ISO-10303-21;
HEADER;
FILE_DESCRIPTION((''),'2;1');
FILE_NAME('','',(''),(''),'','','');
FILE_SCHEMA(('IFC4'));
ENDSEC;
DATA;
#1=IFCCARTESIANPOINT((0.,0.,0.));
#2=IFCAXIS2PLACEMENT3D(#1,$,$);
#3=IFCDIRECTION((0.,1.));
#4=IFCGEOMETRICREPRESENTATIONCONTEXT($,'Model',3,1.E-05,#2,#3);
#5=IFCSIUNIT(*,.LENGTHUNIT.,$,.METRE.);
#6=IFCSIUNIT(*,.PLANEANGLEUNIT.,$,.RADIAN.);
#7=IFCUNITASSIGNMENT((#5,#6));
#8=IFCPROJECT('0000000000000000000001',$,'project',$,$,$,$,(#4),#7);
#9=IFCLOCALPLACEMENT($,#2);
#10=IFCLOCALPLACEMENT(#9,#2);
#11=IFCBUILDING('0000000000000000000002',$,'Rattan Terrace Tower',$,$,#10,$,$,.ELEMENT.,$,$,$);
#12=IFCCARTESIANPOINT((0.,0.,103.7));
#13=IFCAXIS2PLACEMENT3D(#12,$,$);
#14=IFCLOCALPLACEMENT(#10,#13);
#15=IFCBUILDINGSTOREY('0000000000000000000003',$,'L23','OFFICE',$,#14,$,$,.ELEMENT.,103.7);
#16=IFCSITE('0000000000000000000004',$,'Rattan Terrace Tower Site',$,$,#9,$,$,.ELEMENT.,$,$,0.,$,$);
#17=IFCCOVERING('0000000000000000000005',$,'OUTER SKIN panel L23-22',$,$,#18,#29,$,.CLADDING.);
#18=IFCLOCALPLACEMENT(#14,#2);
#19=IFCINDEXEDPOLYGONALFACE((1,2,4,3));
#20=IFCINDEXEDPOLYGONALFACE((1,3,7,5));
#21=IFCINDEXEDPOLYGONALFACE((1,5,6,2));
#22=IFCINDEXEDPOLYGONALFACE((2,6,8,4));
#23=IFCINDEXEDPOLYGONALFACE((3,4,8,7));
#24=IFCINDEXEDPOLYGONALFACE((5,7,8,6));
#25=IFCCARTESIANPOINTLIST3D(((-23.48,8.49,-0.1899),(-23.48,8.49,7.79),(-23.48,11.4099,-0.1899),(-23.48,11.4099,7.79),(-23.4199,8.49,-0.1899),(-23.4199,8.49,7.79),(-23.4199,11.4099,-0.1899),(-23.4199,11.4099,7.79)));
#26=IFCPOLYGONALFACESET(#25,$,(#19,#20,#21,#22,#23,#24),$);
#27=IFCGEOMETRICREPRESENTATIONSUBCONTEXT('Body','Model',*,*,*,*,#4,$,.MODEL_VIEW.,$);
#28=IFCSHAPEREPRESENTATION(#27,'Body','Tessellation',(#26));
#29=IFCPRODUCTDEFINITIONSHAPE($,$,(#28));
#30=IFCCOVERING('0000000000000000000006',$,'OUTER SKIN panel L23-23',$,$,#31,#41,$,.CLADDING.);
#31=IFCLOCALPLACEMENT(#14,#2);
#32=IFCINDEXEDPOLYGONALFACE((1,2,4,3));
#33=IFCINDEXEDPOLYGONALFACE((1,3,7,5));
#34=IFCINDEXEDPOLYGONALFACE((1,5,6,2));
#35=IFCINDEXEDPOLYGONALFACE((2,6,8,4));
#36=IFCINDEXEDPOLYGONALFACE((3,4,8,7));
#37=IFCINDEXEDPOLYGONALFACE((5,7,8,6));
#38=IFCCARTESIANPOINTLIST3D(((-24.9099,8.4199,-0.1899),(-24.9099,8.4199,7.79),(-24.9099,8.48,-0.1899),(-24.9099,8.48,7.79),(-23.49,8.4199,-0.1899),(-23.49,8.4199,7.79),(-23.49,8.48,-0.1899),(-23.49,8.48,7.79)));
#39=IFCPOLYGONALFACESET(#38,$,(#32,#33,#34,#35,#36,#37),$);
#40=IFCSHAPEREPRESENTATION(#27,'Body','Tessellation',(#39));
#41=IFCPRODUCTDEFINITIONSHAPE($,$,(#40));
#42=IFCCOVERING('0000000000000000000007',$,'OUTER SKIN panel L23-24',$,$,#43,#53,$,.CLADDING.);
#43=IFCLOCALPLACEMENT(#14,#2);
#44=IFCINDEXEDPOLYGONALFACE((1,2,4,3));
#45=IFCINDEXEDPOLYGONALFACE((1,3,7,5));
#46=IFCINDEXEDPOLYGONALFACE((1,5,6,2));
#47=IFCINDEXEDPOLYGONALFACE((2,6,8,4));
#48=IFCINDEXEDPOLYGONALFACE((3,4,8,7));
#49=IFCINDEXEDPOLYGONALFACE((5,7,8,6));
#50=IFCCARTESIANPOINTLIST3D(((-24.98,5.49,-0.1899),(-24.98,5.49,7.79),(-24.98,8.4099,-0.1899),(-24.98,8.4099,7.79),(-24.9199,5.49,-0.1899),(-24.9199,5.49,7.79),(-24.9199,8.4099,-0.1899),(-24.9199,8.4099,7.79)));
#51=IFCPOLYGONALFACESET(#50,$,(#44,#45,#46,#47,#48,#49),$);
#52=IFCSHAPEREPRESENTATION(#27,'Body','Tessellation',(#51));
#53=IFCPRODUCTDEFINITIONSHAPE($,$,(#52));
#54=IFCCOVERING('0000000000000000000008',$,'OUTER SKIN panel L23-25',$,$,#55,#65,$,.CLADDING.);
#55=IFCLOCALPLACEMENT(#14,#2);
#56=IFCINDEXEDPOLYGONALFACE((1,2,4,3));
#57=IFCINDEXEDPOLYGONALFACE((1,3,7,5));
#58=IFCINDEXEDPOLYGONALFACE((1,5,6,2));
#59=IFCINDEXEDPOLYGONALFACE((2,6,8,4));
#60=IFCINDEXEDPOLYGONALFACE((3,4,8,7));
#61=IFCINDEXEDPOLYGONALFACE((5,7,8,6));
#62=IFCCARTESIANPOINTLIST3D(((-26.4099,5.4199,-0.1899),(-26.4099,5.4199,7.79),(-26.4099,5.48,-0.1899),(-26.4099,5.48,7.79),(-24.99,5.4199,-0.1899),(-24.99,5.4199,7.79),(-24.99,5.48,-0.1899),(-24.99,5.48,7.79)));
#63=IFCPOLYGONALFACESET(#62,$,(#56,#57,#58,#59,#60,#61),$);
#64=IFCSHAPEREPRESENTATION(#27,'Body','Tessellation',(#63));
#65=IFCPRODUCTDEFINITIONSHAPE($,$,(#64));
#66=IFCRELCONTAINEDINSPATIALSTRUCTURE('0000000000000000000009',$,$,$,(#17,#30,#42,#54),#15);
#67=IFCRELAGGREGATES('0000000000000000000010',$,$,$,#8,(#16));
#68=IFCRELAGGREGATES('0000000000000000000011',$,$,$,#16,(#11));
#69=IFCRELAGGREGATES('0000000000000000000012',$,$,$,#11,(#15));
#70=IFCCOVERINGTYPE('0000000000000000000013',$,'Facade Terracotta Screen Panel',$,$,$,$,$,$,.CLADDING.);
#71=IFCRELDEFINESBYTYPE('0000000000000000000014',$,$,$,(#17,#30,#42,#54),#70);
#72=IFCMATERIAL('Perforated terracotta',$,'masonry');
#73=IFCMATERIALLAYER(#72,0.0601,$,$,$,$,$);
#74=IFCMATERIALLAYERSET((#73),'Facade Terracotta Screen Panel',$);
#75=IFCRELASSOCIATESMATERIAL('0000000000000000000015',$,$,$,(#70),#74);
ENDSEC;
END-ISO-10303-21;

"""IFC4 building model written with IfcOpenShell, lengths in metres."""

from ifc_helpers import new_model, si_unit, direction, frame, origin, origin_2d, place, context, subcontext, project, spatial, rectangle, extrude, material, layer, layer_set, type_object, element, save


model = new_model("IFC4")

# Units and contexts
model_context = context("Model", 3, precision=1e-05, world=origin(), true_north=direction((0.0, 1.0)))
body_context = subcontext(model_context, "Body", "Model", "MODEL_VIEW")
ifc_project = project(units=[si_unit("LENGTHUNIT", "METRE"), si_unit("PLANEANGLEUNIT", "RADIAN")], contexts=[model_context])

# Site, building, storey
site_placement = place(None, origin())
site = spatial("IfcSite", under=ifc_project, at=site_placement, Name="Rattan Terrace Tower Site", CompositionType="ELEMENT", RefElevation=0.0)
building_placement = place(site_placement, origin())
building = spatial("IfcBuilding", under=site, at=building_placement, Name="Rattan Terrace Tower", CompositionType="ELEMENT")
storey_placement = place(building_placement, frame((0.0, 0.0, 103.7)))
storey = spatial("IfcBuildingStorey", under=building, at=storey_placement, Name="L23", Description="OFFICE", CompositionType="ELEMENT", Elevation=103.7)

# Coverings
ifc_material_1 = material(Name="Perforated terracotta", Category="masonry")
ifc_layer_1 = layer(ifc_material_1, 0.0601)
ifc_layer_set_1 = layer_set([ifc_layer_1], Name="Facade Terracotta Screen Panel")
covering_type = type_object("IfcCoveringType", Name="Facade Terracotta Screen Panel", PredefinedType="CLADDING", material=ifc_layer_set_1)
covering_1_placement = place(storey_placement, frame((-23.45, 9.95, -0.1899), z_axis=(0.0, 0.0, 1.0), x_axis=(0.0, -1.0, 0.0)))
element("IfcCovering", 1, at=covering_1_placement, inside=storey, type_object=covering_type, Name="OUTER SKIN panel L23-22", PredefinedType="CLADDING", context=body_context, shape_type="SweptSolid", body=[
    extrude(rectangle(XDim=2.9199, YDim=0.0601, at=origin_2d()), origin(), (0.0, 0.0, 1.0), 7.98),
])
covering_2_placement = place(storey_placement, frame((-24.2, 8.45, -0.1899), z_axis=(0.0, 0.0, 1.0), x_axis=(-1.0, 0.0, 0.0)))
element("IfcCovering", 2, at=covering_2_placement, inside=storey, type_object=covering_type, Name="OUTER SKIN panel L23-23", PredefinedType="CLADDING", context=body_context, shape_type="SweptSolid", body=[
    extrude(rectangle(XDim=1.4199, YDim=0.0601, at=origin_2d()), origin(), (0.0, 0.0, 1.0), 7.98),
])
covering_3_placement = place(storey_placement, frame((-24.95, 6.95, -0.1899), z_axis=(0.0, 0.0, 1.0), x_axis=(0.0, -1.0, 0.0)))
element("IfcCovering", 3, at=covering_3_placement, inside=storey, type_object=covering_type, Name="OUTER SKIN panel L23-24", PredefinedType="CLADDING", context=body_context, shape_type="SweptSolid", body=[
    extrude(rectangle(XDim=2.9199, YDim=0.0601, at=origin_2d()), origin(), (0.0, 0.0, 1.0), 7.98),
])
covering_4_placement = place(storey_placement, frame((-25.7, 5.45, -0.1899), z_axis=(0.0, 0.0, 1.0), x_axis=(-1.0, 0.0, 0.0)))
element("IfcCovering", 4, at=covering_4_placement, inside=storey, type_object=covering_type, Name="OUTER SKIN panel L23-25", PredefinedType="CLADDING", context=body_context, shape_type="SweptSolid", body=[
    extrude(rectangle(XDim=1.4199, YDim=0.0601, at=origin_2d()), origin(), (0.0, 0.0, 1.0), 7.98),
])

save(model, "model.ifc")
